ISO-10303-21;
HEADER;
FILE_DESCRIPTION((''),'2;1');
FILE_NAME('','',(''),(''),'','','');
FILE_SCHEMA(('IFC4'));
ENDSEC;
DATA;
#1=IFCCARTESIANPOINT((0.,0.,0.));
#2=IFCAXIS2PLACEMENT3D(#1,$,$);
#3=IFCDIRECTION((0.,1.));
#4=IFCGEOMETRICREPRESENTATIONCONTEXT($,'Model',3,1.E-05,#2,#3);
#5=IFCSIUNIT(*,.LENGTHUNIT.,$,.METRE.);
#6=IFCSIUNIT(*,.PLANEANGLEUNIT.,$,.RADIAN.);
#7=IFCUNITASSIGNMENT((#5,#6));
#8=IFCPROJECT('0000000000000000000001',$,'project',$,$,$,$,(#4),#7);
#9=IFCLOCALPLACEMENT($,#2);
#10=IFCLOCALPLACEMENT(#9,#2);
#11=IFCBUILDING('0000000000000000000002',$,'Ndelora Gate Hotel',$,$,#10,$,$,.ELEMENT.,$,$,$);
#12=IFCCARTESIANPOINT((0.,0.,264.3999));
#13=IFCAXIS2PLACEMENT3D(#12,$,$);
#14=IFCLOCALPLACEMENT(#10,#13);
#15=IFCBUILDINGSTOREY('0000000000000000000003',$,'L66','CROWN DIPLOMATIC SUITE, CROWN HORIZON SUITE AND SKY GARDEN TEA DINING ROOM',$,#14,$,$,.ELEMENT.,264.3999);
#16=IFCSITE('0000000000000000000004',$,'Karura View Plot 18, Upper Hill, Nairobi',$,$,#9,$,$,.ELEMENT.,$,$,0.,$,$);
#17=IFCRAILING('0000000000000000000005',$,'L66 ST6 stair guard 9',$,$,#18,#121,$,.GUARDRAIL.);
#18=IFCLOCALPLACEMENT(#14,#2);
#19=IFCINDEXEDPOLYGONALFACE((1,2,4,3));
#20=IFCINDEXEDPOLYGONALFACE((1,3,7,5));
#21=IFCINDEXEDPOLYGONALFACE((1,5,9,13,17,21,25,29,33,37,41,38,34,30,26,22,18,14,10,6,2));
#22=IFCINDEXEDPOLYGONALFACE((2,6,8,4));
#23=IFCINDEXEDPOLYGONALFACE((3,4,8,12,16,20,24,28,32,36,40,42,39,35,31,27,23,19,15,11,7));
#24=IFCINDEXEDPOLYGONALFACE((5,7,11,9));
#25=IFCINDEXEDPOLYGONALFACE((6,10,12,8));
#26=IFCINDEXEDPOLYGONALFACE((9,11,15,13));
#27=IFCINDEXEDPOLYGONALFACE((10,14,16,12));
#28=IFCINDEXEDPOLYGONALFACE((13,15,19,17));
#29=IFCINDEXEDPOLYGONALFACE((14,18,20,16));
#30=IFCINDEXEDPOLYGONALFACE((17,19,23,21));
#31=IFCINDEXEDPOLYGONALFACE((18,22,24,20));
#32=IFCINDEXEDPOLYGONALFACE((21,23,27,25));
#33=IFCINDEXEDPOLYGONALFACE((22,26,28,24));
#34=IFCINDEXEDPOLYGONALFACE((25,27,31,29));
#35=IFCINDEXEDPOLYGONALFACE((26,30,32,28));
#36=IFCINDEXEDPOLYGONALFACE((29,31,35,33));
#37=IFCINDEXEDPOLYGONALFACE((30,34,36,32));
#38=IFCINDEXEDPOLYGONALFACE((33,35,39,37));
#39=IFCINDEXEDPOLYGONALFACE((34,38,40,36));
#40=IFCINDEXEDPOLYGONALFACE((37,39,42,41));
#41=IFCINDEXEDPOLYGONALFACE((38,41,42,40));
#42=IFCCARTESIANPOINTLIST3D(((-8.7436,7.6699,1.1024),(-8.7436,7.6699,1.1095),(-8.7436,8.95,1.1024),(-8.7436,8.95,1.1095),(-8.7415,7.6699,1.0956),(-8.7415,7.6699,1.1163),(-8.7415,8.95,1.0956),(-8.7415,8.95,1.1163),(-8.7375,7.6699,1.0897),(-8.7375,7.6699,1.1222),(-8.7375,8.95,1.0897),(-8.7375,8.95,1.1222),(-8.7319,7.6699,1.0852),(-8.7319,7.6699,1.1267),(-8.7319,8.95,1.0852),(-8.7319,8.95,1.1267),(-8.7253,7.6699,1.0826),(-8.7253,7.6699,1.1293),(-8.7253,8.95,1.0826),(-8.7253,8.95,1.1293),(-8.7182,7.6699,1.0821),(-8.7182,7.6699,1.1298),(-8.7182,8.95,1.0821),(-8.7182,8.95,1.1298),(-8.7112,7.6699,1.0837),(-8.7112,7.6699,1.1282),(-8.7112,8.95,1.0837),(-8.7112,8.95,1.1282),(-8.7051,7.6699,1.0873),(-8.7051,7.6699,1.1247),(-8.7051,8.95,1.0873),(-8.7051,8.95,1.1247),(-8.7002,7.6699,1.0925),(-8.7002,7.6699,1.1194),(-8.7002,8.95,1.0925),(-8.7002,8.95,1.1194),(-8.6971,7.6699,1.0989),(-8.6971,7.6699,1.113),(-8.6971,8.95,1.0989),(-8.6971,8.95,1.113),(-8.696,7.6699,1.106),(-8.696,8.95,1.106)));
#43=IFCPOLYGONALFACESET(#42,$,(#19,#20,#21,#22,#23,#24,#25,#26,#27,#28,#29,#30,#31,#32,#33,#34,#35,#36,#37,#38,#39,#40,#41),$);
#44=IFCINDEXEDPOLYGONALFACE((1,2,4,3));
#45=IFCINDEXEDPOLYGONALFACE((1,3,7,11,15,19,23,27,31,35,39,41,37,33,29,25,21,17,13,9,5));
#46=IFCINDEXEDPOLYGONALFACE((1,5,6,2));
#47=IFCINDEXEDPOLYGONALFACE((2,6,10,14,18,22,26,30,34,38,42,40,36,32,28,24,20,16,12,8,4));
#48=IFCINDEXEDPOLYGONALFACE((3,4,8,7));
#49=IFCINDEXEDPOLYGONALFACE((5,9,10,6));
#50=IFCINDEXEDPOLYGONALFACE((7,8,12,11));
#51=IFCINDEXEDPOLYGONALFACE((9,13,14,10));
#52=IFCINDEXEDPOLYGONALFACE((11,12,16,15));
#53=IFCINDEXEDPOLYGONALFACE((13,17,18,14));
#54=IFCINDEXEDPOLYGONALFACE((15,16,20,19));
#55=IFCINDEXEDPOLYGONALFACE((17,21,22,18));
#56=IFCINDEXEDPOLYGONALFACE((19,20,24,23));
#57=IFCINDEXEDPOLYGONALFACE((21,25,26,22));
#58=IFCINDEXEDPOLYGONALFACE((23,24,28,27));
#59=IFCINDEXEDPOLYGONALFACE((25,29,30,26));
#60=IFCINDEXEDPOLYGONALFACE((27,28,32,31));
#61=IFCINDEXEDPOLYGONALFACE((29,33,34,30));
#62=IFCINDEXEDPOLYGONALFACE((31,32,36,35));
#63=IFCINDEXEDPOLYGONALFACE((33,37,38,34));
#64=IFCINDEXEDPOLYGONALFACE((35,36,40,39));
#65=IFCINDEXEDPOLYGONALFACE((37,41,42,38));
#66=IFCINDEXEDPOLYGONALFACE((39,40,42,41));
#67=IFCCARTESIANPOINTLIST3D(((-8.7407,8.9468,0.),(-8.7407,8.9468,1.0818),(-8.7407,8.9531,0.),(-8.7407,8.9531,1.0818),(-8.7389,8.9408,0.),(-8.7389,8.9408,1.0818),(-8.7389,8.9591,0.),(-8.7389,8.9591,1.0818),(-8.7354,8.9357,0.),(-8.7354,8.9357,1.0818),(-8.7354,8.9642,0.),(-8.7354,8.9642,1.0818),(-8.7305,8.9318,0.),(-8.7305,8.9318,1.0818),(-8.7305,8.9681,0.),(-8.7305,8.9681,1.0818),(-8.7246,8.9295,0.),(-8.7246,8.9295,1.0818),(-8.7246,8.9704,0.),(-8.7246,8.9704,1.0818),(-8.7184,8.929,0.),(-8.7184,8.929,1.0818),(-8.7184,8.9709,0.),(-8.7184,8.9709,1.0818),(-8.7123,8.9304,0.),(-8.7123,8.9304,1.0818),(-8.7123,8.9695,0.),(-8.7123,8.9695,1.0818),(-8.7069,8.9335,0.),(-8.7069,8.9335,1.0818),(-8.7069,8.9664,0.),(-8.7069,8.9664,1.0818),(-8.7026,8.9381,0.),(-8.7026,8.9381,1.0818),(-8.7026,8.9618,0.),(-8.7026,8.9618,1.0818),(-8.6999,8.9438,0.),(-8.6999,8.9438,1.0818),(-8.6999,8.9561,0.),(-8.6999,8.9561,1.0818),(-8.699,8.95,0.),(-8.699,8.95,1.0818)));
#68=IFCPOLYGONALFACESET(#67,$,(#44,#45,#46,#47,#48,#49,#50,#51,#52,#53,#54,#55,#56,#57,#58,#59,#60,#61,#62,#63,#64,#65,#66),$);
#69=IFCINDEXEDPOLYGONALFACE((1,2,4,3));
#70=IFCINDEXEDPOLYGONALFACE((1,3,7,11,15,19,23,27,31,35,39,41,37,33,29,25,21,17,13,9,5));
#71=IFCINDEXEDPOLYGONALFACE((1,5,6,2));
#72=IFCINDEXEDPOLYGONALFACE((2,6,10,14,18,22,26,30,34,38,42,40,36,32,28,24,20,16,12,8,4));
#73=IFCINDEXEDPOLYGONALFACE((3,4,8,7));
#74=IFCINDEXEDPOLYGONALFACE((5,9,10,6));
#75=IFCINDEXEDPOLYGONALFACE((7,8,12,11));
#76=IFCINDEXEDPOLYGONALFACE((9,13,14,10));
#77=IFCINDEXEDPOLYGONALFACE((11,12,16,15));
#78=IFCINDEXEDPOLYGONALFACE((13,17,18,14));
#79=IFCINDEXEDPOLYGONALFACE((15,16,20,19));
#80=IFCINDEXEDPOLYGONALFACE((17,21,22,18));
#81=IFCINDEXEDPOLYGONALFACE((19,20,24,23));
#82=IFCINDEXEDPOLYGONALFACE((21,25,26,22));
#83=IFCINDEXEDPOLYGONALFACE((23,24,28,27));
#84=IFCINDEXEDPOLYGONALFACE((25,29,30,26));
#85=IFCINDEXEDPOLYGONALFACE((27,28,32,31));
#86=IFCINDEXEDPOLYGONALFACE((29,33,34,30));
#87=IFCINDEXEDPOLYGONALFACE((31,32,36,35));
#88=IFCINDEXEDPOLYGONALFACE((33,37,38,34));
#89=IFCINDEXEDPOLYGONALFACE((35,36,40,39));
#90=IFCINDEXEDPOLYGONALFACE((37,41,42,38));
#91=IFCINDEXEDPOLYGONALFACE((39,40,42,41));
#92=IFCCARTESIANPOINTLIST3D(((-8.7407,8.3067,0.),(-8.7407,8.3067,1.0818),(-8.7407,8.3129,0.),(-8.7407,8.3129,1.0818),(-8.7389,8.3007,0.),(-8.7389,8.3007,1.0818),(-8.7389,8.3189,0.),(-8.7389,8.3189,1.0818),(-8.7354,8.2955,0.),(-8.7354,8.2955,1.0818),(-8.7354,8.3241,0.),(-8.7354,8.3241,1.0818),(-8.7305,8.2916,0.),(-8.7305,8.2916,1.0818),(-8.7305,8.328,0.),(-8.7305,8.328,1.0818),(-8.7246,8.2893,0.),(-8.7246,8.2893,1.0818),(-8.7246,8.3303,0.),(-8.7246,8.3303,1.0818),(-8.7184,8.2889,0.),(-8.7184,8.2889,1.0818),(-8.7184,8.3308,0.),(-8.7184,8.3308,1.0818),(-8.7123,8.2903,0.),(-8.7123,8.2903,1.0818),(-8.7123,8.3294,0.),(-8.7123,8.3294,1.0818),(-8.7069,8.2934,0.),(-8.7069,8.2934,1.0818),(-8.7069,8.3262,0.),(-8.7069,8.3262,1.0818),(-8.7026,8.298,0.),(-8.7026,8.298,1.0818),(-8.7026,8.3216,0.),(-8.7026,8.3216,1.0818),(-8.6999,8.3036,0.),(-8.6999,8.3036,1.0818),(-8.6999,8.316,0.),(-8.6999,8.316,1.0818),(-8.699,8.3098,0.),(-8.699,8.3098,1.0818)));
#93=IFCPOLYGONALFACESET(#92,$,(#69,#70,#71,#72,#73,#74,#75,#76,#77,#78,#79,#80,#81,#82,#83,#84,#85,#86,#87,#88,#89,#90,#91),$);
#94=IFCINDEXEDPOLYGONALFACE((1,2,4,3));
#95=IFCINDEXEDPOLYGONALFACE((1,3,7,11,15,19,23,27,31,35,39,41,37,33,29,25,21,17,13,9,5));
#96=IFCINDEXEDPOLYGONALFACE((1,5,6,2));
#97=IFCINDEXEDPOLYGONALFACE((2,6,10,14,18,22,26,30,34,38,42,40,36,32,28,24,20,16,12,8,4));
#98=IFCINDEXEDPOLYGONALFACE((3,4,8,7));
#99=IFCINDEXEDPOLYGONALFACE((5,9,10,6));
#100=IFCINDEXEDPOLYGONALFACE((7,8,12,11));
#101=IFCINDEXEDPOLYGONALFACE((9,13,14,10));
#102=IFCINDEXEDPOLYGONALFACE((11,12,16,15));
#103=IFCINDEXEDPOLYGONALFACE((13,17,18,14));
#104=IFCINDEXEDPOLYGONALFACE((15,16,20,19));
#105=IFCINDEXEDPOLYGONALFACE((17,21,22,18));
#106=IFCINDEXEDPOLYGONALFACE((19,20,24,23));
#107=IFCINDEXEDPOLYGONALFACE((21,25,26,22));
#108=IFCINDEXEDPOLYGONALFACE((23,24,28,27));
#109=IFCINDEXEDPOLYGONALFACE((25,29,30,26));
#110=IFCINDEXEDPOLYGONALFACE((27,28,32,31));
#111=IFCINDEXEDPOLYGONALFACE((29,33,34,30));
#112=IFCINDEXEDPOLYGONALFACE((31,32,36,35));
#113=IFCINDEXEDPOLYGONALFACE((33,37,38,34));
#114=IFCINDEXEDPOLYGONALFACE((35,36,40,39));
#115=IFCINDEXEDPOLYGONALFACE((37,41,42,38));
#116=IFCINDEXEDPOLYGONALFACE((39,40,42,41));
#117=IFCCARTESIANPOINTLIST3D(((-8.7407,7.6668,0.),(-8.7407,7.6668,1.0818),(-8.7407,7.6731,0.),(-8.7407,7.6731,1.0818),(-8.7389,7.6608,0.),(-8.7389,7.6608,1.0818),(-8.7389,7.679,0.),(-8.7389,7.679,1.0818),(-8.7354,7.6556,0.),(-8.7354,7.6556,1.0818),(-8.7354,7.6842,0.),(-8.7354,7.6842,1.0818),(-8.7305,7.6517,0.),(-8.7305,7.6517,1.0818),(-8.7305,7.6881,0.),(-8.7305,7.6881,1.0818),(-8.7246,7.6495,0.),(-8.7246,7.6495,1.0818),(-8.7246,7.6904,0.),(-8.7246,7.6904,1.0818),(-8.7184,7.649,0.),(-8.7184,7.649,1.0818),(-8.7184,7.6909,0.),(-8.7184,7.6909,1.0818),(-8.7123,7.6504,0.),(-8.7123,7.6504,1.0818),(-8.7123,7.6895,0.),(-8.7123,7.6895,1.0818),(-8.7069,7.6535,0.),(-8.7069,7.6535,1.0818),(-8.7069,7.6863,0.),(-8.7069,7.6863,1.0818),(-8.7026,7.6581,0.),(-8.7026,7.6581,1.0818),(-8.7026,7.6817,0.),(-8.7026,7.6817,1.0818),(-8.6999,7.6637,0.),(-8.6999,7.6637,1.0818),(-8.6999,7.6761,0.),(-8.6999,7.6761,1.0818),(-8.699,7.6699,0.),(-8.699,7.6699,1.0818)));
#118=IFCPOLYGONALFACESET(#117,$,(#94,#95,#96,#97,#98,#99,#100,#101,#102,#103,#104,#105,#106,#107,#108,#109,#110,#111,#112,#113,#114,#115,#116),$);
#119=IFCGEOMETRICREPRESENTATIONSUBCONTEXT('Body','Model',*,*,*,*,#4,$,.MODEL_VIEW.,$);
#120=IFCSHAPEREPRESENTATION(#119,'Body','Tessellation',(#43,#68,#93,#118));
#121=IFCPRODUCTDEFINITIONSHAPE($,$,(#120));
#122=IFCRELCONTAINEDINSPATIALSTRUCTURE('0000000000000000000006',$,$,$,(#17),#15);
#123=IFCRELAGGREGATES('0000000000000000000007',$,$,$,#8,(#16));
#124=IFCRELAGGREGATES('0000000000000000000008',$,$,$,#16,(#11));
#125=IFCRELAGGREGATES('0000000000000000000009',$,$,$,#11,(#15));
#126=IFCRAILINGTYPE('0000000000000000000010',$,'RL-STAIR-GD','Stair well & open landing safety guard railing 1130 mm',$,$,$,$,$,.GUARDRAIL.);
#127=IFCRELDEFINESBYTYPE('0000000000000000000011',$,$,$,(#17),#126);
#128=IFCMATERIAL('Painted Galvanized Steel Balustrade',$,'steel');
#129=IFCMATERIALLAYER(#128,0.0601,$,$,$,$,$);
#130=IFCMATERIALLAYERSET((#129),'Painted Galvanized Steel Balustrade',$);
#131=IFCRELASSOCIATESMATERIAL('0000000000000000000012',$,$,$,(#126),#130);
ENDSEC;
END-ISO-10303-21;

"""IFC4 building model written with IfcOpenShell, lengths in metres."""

from ifc_helpers import new_model, si_unit, direction, frame, origin, origin_2d, place, context, subcontext, project, spatial, circle, extrude, material, layer, layer_set, type_object, element, save


model = new_model("IFC4")

# Units and contexts
model_context = context("Model", 3, precision=1e-05, world=origin(), true_north=direction((0.0, 1.0)))
body_context = subcontext(model_context, "Body", "Model", "MODEL_VIEW")
ifc_project = project(units=[si_unit("LENGTHUNIT", "METRE"), si_unit("PLANEANGLEUNIT", "RADIAN")], contexts=[model_context])

# Site, building, storey
site_placement = place(None, origin())
site = spatial("IfcSite", under=ifc_project, at=site_placement, Name="Karura View Plot 18, Upper Hill, Nairobi", CompositionType="ELEMENT", RefElevation=0.0)
building_placement = place(site_placement, origin())
building = spatial("IfcBuilding", under=site, at=building_placement, Name="Ndelora Gate Hotel", CompositionType="ELEMENT")
storey_placement = place(building_placement, frame((0.0, 0.0, 264.3999)))
storey = spatial("IfcBuildingStorey", under=building, at=storey_placement, Name="L66", Description="CROWN DIPLOMATIC SUITE, CROWN HORIZON SUITE AND SKY GARDEN TEA DINING ROOM", CompositionType="ELEMENT", Elevation=264.3999)

# Railing
ifc_material_1 = material(Name="Painted Galvanized Steel Balustrade", Category="steel")
ifc_layer_1 = layer(ifc_material_1, 0.0601)
ifc_layer_set_1 = layer_set([ifc_layer_1], Name="Painted Galvanized Steel Balustrade")
railing_type_1 = type_object("IfcRailingType", Name="RL-STAIR-GD", Description="Stair well & open landing safety guard railing 1130 mm", PredefinedType="GUARDRAIL", material=ifc_layer_set_1)
railing_1_placement = place(storey_placement, frame((-8.72, 8.95, 0.0)))
element("IfcRailing", 1, at=railing_1_placement, inside=storey, type_object=railing_type_1, Name="L66 ST6 stair guard 9", PredefinedType="GUARDRAIL", context=body_context, shape_type="SweptSolid", body=[
    extrude(circle(Radius=0.0239, at=origin_2d()), frame((0.0, 0.0, 1.106), z_axis=(0.0, -1.0, 0.0), x_axis=(1.0, 0.0, 0.0)), (0.0, 0.0, 1.0), 1.28),
    extrude(circle(Radius=0.021, at=origin_2d()), origin(), (0.0, 0.0, 1.0), 1.0818),
    extrude(circle(Radius=0.021, at=origin_2d()), frame((0.0, -0.6401, 0.0)), (0.0, 0.0, 1.0), 1.0818),
    extrude(circle(Radius=0.021, at=origin_2d()), frame((0.0, -1.28, 0.0)), (0.0, 0.0, 1.0), 1.0818),
])

save(model, "model.ifc")
